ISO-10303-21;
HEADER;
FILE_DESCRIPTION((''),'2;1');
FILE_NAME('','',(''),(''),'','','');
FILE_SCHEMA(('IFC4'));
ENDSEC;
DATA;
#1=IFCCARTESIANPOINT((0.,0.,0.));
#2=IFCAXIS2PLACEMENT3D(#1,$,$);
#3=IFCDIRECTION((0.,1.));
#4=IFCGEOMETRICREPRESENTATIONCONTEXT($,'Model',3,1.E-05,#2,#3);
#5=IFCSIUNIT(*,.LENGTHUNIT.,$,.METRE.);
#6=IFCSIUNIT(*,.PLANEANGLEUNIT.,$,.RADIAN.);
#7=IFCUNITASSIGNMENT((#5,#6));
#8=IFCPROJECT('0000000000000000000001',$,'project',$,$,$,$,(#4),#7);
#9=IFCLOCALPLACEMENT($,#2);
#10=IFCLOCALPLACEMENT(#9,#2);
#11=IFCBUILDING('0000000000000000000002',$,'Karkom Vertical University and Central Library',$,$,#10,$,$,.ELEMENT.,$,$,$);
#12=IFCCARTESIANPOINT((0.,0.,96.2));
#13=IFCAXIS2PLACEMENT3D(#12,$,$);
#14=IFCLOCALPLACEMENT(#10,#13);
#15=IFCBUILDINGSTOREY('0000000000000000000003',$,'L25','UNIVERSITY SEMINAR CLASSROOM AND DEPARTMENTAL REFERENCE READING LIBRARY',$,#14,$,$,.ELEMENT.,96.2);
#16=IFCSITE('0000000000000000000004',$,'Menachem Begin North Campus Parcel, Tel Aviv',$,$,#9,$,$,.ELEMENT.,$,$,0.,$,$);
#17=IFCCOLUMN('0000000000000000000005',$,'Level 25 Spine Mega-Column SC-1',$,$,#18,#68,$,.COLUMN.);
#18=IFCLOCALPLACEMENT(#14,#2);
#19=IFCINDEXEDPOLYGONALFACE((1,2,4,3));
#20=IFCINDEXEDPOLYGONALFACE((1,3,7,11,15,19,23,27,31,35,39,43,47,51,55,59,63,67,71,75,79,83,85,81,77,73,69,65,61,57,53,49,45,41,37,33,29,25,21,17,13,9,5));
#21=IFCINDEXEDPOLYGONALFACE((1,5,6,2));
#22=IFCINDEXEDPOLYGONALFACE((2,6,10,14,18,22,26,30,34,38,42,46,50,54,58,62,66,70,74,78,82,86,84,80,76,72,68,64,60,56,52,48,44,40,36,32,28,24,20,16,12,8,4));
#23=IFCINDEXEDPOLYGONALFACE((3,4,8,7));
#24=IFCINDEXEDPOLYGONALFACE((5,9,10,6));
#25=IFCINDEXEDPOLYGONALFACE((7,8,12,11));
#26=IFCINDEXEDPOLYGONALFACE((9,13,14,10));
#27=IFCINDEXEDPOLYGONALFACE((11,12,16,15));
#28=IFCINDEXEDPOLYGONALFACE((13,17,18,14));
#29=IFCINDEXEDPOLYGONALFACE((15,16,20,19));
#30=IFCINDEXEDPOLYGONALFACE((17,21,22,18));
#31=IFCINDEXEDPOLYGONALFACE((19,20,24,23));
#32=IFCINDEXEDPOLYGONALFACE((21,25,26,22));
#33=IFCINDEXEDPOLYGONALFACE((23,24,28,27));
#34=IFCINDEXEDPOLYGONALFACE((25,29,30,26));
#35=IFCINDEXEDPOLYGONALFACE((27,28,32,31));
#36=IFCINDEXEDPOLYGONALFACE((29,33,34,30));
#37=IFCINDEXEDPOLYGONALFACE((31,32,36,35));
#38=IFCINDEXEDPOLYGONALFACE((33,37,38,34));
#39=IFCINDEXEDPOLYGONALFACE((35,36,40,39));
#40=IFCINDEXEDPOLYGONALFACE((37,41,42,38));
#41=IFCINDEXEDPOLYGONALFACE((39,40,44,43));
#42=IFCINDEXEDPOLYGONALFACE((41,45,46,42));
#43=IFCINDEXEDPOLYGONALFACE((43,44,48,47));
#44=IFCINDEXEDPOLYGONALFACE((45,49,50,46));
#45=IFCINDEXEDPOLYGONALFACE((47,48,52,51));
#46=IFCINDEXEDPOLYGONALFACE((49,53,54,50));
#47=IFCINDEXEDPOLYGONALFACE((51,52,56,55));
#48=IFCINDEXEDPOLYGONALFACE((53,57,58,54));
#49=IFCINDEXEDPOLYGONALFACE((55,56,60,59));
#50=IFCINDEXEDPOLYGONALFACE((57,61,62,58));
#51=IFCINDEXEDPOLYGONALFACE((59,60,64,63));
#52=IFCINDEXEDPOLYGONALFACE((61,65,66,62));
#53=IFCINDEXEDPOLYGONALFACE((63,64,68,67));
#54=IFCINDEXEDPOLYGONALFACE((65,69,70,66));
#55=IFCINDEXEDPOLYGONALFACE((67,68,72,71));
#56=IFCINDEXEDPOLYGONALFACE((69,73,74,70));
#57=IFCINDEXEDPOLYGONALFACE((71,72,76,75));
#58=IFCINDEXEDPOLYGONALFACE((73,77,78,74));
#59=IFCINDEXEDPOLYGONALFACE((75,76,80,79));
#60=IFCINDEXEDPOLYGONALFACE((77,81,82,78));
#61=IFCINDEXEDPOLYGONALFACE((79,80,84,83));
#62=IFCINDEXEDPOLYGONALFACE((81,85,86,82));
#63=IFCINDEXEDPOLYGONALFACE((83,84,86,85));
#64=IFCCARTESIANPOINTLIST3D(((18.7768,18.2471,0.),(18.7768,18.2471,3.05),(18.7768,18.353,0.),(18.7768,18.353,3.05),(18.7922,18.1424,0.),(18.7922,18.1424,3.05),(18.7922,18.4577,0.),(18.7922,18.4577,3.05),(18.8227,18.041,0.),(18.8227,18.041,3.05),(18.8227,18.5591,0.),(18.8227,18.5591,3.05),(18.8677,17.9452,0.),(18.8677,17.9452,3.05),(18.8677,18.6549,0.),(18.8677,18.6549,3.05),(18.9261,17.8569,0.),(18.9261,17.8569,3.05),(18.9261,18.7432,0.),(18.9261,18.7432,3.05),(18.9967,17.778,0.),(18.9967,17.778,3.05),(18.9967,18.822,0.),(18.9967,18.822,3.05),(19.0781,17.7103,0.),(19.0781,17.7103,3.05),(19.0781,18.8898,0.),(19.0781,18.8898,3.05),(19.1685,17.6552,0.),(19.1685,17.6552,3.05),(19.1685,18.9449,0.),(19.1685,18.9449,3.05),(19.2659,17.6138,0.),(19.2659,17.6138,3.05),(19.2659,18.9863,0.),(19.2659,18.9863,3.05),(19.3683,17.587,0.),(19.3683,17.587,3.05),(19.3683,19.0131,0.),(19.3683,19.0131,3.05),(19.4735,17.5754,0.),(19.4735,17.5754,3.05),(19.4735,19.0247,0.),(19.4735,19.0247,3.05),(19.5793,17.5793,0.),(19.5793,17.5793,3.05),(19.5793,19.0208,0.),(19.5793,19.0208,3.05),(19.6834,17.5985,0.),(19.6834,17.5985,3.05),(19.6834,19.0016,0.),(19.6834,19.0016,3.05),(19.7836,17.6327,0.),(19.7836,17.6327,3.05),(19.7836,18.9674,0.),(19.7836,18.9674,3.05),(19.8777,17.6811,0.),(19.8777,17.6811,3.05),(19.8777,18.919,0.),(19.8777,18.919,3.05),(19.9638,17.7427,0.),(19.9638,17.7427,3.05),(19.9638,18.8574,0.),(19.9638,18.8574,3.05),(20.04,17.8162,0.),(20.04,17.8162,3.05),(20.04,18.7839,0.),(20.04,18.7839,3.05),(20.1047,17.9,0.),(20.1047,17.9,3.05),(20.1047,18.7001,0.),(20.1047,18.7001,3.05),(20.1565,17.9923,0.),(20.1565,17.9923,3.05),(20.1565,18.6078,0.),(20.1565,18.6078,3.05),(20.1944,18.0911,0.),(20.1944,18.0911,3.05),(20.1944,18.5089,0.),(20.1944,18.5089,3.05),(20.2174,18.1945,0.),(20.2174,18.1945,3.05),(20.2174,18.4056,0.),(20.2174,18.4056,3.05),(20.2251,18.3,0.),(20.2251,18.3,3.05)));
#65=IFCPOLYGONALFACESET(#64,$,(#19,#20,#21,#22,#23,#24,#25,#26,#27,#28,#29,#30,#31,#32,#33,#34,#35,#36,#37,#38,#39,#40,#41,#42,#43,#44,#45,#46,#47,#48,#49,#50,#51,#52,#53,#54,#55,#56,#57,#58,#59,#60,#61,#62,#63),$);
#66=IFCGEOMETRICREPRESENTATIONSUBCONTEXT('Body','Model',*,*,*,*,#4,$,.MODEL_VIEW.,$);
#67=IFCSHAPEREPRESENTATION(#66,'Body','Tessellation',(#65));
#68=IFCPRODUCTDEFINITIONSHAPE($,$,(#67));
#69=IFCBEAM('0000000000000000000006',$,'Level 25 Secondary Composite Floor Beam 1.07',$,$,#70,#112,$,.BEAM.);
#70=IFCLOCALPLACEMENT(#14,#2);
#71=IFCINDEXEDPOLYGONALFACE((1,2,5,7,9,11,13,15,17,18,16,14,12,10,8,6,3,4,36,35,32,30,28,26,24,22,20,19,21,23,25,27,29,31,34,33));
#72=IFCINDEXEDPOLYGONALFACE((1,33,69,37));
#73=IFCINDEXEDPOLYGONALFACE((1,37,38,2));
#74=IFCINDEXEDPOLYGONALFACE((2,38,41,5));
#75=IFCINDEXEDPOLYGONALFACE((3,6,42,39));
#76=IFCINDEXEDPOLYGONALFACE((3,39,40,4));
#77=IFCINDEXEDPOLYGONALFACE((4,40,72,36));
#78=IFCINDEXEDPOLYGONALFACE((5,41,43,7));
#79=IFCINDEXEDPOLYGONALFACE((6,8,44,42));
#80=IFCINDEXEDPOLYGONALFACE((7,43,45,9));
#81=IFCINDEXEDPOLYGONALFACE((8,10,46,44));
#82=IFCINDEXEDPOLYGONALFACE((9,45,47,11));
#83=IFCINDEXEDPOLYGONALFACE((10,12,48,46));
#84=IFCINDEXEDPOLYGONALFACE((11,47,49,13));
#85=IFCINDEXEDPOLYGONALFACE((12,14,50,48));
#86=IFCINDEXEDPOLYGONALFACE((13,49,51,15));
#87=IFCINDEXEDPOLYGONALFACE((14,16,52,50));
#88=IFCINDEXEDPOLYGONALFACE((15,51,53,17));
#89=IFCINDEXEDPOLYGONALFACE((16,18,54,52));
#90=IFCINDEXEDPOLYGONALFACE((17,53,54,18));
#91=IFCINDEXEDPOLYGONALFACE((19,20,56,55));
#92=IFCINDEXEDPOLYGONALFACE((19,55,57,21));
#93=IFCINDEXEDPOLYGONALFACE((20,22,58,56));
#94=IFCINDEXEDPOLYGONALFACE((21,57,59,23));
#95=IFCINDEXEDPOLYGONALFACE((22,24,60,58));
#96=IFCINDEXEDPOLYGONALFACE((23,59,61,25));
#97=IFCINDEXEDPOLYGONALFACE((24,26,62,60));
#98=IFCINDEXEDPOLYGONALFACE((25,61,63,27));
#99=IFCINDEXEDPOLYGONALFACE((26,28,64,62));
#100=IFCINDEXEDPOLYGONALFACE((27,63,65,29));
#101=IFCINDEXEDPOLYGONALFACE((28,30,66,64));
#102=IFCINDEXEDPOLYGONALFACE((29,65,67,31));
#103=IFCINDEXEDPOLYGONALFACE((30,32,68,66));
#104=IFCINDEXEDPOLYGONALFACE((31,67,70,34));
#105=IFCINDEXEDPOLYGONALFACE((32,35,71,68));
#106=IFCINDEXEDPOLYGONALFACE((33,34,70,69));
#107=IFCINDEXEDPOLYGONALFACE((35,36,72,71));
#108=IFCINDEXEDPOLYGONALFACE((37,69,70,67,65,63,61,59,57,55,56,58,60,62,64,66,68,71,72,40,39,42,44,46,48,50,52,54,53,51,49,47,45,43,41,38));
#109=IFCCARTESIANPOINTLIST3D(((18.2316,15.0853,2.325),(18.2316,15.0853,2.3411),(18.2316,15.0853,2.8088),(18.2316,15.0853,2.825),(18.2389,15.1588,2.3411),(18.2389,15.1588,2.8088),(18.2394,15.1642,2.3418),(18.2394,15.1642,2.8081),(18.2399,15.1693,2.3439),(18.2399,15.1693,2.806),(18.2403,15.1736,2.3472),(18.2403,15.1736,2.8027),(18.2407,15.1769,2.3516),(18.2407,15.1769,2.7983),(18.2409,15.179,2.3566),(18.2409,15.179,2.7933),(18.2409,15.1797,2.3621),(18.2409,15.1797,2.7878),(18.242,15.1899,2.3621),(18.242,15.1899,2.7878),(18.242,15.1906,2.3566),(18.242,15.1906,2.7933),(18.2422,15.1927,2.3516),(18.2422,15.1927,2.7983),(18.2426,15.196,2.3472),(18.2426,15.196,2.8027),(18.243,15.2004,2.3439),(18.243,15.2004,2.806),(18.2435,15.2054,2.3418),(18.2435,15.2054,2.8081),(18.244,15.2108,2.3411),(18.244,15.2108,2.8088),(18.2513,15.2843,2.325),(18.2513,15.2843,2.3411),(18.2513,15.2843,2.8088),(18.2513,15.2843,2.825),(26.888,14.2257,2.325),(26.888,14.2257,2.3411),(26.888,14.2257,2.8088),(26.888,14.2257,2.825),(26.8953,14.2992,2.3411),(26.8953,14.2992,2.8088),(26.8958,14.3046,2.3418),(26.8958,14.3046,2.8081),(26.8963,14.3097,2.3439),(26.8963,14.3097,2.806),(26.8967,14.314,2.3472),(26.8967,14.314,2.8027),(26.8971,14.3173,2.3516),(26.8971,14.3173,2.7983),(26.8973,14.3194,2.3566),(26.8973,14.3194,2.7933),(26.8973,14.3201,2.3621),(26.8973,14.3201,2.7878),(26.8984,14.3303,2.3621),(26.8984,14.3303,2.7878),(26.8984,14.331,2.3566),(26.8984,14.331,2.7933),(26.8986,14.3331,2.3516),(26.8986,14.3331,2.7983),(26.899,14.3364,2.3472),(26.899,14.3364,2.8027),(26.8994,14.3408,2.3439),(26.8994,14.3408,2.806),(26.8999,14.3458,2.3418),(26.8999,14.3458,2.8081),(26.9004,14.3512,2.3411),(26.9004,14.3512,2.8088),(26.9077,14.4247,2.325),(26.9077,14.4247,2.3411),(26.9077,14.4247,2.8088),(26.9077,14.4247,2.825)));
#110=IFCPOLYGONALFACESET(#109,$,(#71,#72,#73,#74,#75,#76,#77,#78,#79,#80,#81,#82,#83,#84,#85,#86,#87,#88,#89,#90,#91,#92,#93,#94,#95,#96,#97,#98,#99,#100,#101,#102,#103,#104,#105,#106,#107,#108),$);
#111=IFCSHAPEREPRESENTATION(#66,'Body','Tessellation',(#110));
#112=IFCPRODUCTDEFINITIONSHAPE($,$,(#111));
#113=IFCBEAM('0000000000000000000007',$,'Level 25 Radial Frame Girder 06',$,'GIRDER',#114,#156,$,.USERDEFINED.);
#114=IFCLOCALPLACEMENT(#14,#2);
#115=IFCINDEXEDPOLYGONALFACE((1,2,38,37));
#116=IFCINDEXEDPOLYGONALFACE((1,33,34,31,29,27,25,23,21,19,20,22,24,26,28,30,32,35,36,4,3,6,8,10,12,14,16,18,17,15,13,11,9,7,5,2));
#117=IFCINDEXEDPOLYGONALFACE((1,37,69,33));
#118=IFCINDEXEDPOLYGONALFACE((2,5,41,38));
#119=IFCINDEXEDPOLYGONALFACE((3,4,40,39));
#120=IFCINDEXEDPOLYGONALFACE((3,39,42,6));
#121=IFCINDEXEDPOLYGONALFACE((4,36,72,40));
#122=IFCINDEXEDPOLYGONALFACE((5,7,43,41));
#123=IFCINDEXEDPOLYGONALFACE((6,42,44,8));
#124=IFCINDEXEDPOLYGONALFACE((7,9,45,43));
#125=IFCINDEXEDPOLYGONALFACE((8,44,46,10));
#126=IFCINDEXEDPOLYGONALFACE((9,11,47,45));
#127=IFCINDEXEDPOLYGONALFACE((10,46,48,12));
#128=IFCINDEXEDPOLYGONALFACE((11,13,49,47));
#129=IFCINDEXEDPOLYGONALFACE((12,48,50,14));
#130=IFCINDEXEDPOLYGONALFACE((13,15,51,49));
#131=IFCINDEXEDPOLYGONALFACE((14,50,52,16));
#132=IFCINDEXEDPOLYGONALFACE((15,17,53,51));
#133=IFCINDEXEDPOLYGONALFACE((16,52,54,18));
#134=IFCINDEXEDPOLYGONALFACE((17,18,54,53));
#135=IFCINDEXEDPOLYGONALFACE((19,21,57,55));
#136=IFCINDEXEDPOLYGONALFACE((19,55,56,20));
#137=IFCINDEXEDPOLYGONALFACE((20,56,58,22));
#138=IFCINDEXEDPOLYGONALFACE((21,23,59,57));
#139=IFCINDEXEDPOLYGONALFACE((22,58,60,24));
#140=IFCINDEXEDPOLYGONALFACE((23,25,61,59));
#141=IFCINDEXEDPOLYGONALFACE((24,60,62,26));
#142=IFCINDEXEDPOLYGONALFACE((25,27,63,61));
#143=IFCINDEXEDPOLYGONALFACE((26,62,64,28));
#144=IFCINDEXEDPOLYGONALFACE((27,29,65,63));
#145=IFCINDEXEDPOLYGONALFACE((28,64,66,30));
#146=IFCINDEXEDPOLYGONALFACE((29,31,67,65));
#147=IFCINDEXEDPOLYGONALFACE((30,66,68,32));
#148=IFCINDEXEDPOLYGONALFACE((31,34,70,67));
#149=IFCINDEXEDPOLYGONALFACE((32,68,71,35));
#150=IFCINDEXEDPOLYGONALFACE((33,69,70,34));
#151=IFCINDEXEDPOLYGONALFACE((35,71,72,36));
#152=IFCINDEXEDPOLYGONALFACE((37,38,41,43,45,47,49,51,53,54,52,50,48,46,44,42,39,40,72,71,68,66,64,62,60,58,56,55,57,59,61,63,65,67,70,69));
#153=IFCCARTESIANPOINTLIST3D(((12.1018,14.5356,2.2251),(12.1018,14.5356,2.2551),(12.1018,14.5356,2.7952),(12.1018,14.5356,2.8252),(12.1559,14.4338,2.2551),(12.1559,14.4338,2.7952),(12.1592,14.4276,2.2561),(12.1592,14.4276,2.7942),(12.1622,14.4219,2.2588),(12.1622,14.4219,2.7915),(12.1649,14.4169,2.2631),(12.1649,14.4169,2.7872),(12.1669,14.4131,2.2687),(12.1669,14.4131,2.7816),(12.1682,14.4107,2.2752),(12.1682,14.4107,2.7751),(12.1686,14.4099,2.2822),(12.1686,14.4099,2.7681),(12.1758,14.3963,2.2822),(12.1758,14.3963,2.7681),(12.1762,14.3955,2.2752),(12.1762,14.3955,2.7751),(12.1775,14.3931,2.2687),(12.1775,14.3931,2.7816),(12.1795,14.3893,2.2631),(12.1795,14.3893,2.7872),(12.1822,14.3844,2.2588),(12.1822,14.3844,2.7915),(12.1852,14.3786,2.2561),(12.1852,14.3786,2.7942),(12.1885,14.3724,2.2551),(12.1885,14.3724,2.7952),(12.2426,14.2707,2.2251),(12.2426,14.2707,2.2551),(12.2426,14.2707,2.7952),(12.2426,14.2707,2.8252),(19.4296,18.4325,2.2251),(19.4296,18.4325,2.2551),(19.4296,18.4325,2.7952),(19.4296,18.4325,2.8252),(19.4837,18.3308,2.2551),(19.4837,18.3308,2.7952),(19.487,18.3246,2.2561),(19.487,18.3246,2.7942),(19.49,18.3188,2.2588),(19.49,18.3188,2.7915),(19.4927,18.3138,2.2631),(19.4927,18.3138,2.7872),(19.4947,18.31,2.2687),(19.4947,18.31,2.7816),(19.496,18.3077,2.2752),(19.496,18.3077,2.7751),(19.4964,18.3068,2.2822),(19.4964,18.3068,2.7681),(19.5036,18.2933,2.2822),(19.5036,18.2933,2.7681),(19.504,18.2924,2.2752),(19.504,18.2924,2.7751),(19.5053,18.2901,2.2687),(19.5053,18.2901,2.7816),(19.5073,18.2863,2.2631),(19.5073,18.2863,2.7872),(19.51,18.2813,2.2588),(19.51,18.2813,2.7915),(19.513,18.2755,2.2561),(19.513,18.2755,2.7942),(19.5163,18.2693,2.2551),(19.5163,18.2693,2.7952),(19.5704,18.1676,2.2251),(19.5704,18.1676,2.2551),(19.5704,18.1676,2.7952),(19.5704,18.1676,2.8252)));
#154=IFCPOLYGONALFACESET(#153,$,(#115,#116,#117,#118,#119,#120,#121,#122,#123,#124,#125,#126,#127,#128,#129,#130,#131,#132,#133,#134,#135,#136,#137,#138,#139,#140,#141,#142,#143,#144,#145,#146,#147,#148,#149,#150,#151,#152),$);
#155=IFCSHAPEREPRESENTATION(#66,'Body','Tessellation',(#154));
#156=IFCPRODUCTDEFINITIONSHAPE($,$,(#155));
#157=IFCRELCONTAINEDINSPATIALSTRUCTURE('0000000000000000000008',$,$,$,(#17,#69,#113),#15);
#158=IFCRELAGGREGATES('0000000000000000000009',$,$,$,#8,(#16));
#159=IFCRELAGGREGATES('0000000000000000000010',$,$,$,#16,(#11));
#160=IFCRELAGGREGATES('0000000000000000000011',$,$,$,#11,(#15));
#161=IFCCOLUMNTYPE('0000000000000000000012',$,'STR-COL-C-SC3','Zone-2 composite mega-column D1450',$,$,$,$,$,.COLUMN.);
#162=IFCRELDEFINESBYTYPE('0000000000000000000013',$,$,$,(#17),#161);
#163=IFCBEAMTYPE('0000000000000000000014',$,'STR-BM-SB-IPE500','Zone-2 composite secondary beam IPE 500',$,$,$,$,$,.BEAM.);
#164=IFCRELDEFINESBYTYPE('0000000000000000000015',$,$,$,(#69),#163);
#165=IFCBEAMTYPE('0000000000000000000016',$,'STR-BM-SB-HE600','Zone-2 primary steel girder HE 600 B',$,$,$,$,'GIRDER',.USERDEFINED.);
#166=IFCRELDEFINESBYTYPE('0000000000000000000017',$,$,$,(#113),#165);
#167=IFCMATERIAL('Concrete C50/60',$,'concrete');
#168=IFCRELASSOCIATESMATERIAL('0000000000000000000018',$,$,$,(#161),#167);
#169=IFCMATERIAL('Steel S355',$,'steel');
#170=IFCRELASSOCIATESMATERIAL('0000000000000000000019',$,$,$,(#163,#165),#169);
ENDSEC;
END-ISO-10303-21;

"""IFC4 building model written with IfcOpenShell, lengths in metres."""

from ifc_helpers import new_model, si_unit, direction, frame, origin, origin_with_axes, origin_2d, place, context, subcontext, project, spatial, circle, i_section, extrude, source, transform, mapped, material, material_profile, profile_set, type_object, element, save


model = new_model("IFC4")

# Units and contexts
model_context = context("Model", 3, precision=1e-05, world=origin(), true_north=direction((0.0, 1.0)))
body_context = subcontext(model_context, "Body", "Model", "MODEL_VIEW")
ifc_project = project(units=[si_unit("LENGTHUNIT", "METRE"), si_unit("PLANEANGLEUNIT", "RADIAN")], contexts=[model_context])

# Site, building, storey
site_placement = place(None, origin())
site = spatial("IfcSite", under=ifc_project, at=site_placement, Name="Menachem Begin North Campus Parcel, Tel Aviv", CompositionType="ELEMENT", RefElevation=0.0)
building_placement = place(site_placement, origin())
building = spatial("IfcBuilding", under=site, at=building_placement, Name="Karkom Vertical University and Central Library", CompositionType="ELEMENT")
storey_placement = place(building_placement, frame((0.0, 0.0, 96.2)))
storey = spatial("IfcBuildingStorey", under=building, at=storey_placement, Name="L25", Description="UNIVERSITY SEMINAR CLASSROOM AND DEPARTMENTAL REFERENCE READING LIBRARY", CompositionType="ELEMENT", Elevation=96.2)

# Column
ifc_material_1 = material(Name="Concrete C50/60", Category="concrete")
ifc_material_profile_1 = material_profile(ifc_material_1, circle(Radius=0.7251, at=origin_2d()), Name="CFT-D1450")
ifc_profile_set_1 = profile_set([ifc_material_profile_1], Name="Concrete C50/60")
column_type = type_object("IfcColumnType", Name="STR-COL-C-SC3", Description="Zone-2 composite mega-column D1450", PredefinedType="COLUMN", material=ifc_profile_set_1)
shared_shape_1 = source(origin_with_axes(), body_context, "Body", "SweptSolid", [
    extrude(circle(Radius=0.7251, at=origin_2d()), origin(), (0.0, 0.0, 1.0), 3.05),
])
column_placement = place(storey_placement, frame((19.5, 18.3, 0.0), z_axis=(0.0, 0.0, 1.0), x_axis=(1.0, 0.0, 0.0)))
element("IfcColumn", 1, at=column_placement, inside=storey, type_object=column_type, Name="Level 25 Spine Mega-Column SC-1", PredefinedType="COLUMN", context=body_context, shape_type="MappedRepresentation", body=[
    mapped(shared_shape_1, transform((0.0, 0.0, 0.0), scale=1.0)),
])

# Beams
ifc_material_2 = material(Name="Steel S355", Category="steel")
ifc_material_profile_2 = material_profile(ifc_material_2, i_section(OverallWidth=0.2, OverallDepth=0.5, WebThickness=0.0103, FlangeThickness=0.0161, FilletRadius=0.021, at=origin_2d()), Name="IPE 500")
ifc_profile_set_2 = profile_set([ifc_material_profile_2], Name="Steel S355")
beam_type_1 = type_object("IfcBeamType", Name="STR-BM-SB-IPE500", Description="Zone-2 composite secondary beam IPE 500", PredefinedType="BEAM", material=ifc_profile_set_2)
shared_shape_2 = source(origin_with_axes(), body_context, "Body", "SweptSolid", [
    extrude(i_section(OverallWidth=0.2, OverallDepth=0.5, WebThickness=0.0103, FlangeThickness=0.0161, FilletRadius=0.021, at=origin_2d()), origin(), (0.0, 0.0, 1.0), 8.699),
])
beam_1_placement = place(storey_placement, frame((18.2415, 15.1848, 2.575), z_axis=(0.995106, -0.098817, 0.0), x_axis=(0.098817, 0.995106, 0.0)))
element("IfcBeam", 2, at=beam_1_placement, inside=storey, type_object=beam_type_1, Name="Level 25 Secondary Composite Floor Beam 1.07", PredefinedType="BEAM", context=body_context, shape_type="MappedRepresentation", body=[
    mapped(shared_shape_2, transform((0.0, 0.0, 0.0), scale=1.0)),
])
ifc_material_profile_3 = material_profile(ifc_material_2, i_section(OverallWidth=0.3, OverallDepth=0.6001, WebThickness=0.0154, FlangeThickness=0.03, FilletRadius=0.0271, at=origin_2d()), Name="HE 600 B")
ifc_profile_set_3 = profile_set([ifc_material_profile_3], Name="Steel S355")
beam_type_2 = type_object("IfcBeamType", Name="STR-BM-SB-HE600", Description="Zone-2 primary steel girder HE 600 B", ElementType="GIRDER", PredefinedType="USERDEFINED", material=ifc_profile_set_3)
shared_shape_3 = source(origin_with_axes(), body_context, "Body", "SweptSolid", [
    extrude(i_section(OverallWidth=0.3, OverallDepth=0.6001, WebThickness=0.0154, FlangeThickness=0.03, FilletRadius=0.0271, at=origin_2d()), origin(), (0.0, 0.0, 1.0), 8.2996),
])
beam_2_placement = place(storey_placement, frame((19.5, 18.3, 2.5251), z_axis=(-0.882914, -0.469534, 0.0), x_axis=(0.469534, -0.882914, 0.0)))
element("IfcBeam", 3, at=beam_2_placement, inside=storey, type_object=beam_type_2, Name="Level 25 Radial Frame Girder 06", ObjectType="GIRDER", PredefinedType="USERDEFINED", context=body_context, shape_type="MappedRepresentation", body=[
    mapped(shared_shape_3, transform((0.0, 0.0, 0.0), scale=1.0)),
])

save(model, "model.ifc")
